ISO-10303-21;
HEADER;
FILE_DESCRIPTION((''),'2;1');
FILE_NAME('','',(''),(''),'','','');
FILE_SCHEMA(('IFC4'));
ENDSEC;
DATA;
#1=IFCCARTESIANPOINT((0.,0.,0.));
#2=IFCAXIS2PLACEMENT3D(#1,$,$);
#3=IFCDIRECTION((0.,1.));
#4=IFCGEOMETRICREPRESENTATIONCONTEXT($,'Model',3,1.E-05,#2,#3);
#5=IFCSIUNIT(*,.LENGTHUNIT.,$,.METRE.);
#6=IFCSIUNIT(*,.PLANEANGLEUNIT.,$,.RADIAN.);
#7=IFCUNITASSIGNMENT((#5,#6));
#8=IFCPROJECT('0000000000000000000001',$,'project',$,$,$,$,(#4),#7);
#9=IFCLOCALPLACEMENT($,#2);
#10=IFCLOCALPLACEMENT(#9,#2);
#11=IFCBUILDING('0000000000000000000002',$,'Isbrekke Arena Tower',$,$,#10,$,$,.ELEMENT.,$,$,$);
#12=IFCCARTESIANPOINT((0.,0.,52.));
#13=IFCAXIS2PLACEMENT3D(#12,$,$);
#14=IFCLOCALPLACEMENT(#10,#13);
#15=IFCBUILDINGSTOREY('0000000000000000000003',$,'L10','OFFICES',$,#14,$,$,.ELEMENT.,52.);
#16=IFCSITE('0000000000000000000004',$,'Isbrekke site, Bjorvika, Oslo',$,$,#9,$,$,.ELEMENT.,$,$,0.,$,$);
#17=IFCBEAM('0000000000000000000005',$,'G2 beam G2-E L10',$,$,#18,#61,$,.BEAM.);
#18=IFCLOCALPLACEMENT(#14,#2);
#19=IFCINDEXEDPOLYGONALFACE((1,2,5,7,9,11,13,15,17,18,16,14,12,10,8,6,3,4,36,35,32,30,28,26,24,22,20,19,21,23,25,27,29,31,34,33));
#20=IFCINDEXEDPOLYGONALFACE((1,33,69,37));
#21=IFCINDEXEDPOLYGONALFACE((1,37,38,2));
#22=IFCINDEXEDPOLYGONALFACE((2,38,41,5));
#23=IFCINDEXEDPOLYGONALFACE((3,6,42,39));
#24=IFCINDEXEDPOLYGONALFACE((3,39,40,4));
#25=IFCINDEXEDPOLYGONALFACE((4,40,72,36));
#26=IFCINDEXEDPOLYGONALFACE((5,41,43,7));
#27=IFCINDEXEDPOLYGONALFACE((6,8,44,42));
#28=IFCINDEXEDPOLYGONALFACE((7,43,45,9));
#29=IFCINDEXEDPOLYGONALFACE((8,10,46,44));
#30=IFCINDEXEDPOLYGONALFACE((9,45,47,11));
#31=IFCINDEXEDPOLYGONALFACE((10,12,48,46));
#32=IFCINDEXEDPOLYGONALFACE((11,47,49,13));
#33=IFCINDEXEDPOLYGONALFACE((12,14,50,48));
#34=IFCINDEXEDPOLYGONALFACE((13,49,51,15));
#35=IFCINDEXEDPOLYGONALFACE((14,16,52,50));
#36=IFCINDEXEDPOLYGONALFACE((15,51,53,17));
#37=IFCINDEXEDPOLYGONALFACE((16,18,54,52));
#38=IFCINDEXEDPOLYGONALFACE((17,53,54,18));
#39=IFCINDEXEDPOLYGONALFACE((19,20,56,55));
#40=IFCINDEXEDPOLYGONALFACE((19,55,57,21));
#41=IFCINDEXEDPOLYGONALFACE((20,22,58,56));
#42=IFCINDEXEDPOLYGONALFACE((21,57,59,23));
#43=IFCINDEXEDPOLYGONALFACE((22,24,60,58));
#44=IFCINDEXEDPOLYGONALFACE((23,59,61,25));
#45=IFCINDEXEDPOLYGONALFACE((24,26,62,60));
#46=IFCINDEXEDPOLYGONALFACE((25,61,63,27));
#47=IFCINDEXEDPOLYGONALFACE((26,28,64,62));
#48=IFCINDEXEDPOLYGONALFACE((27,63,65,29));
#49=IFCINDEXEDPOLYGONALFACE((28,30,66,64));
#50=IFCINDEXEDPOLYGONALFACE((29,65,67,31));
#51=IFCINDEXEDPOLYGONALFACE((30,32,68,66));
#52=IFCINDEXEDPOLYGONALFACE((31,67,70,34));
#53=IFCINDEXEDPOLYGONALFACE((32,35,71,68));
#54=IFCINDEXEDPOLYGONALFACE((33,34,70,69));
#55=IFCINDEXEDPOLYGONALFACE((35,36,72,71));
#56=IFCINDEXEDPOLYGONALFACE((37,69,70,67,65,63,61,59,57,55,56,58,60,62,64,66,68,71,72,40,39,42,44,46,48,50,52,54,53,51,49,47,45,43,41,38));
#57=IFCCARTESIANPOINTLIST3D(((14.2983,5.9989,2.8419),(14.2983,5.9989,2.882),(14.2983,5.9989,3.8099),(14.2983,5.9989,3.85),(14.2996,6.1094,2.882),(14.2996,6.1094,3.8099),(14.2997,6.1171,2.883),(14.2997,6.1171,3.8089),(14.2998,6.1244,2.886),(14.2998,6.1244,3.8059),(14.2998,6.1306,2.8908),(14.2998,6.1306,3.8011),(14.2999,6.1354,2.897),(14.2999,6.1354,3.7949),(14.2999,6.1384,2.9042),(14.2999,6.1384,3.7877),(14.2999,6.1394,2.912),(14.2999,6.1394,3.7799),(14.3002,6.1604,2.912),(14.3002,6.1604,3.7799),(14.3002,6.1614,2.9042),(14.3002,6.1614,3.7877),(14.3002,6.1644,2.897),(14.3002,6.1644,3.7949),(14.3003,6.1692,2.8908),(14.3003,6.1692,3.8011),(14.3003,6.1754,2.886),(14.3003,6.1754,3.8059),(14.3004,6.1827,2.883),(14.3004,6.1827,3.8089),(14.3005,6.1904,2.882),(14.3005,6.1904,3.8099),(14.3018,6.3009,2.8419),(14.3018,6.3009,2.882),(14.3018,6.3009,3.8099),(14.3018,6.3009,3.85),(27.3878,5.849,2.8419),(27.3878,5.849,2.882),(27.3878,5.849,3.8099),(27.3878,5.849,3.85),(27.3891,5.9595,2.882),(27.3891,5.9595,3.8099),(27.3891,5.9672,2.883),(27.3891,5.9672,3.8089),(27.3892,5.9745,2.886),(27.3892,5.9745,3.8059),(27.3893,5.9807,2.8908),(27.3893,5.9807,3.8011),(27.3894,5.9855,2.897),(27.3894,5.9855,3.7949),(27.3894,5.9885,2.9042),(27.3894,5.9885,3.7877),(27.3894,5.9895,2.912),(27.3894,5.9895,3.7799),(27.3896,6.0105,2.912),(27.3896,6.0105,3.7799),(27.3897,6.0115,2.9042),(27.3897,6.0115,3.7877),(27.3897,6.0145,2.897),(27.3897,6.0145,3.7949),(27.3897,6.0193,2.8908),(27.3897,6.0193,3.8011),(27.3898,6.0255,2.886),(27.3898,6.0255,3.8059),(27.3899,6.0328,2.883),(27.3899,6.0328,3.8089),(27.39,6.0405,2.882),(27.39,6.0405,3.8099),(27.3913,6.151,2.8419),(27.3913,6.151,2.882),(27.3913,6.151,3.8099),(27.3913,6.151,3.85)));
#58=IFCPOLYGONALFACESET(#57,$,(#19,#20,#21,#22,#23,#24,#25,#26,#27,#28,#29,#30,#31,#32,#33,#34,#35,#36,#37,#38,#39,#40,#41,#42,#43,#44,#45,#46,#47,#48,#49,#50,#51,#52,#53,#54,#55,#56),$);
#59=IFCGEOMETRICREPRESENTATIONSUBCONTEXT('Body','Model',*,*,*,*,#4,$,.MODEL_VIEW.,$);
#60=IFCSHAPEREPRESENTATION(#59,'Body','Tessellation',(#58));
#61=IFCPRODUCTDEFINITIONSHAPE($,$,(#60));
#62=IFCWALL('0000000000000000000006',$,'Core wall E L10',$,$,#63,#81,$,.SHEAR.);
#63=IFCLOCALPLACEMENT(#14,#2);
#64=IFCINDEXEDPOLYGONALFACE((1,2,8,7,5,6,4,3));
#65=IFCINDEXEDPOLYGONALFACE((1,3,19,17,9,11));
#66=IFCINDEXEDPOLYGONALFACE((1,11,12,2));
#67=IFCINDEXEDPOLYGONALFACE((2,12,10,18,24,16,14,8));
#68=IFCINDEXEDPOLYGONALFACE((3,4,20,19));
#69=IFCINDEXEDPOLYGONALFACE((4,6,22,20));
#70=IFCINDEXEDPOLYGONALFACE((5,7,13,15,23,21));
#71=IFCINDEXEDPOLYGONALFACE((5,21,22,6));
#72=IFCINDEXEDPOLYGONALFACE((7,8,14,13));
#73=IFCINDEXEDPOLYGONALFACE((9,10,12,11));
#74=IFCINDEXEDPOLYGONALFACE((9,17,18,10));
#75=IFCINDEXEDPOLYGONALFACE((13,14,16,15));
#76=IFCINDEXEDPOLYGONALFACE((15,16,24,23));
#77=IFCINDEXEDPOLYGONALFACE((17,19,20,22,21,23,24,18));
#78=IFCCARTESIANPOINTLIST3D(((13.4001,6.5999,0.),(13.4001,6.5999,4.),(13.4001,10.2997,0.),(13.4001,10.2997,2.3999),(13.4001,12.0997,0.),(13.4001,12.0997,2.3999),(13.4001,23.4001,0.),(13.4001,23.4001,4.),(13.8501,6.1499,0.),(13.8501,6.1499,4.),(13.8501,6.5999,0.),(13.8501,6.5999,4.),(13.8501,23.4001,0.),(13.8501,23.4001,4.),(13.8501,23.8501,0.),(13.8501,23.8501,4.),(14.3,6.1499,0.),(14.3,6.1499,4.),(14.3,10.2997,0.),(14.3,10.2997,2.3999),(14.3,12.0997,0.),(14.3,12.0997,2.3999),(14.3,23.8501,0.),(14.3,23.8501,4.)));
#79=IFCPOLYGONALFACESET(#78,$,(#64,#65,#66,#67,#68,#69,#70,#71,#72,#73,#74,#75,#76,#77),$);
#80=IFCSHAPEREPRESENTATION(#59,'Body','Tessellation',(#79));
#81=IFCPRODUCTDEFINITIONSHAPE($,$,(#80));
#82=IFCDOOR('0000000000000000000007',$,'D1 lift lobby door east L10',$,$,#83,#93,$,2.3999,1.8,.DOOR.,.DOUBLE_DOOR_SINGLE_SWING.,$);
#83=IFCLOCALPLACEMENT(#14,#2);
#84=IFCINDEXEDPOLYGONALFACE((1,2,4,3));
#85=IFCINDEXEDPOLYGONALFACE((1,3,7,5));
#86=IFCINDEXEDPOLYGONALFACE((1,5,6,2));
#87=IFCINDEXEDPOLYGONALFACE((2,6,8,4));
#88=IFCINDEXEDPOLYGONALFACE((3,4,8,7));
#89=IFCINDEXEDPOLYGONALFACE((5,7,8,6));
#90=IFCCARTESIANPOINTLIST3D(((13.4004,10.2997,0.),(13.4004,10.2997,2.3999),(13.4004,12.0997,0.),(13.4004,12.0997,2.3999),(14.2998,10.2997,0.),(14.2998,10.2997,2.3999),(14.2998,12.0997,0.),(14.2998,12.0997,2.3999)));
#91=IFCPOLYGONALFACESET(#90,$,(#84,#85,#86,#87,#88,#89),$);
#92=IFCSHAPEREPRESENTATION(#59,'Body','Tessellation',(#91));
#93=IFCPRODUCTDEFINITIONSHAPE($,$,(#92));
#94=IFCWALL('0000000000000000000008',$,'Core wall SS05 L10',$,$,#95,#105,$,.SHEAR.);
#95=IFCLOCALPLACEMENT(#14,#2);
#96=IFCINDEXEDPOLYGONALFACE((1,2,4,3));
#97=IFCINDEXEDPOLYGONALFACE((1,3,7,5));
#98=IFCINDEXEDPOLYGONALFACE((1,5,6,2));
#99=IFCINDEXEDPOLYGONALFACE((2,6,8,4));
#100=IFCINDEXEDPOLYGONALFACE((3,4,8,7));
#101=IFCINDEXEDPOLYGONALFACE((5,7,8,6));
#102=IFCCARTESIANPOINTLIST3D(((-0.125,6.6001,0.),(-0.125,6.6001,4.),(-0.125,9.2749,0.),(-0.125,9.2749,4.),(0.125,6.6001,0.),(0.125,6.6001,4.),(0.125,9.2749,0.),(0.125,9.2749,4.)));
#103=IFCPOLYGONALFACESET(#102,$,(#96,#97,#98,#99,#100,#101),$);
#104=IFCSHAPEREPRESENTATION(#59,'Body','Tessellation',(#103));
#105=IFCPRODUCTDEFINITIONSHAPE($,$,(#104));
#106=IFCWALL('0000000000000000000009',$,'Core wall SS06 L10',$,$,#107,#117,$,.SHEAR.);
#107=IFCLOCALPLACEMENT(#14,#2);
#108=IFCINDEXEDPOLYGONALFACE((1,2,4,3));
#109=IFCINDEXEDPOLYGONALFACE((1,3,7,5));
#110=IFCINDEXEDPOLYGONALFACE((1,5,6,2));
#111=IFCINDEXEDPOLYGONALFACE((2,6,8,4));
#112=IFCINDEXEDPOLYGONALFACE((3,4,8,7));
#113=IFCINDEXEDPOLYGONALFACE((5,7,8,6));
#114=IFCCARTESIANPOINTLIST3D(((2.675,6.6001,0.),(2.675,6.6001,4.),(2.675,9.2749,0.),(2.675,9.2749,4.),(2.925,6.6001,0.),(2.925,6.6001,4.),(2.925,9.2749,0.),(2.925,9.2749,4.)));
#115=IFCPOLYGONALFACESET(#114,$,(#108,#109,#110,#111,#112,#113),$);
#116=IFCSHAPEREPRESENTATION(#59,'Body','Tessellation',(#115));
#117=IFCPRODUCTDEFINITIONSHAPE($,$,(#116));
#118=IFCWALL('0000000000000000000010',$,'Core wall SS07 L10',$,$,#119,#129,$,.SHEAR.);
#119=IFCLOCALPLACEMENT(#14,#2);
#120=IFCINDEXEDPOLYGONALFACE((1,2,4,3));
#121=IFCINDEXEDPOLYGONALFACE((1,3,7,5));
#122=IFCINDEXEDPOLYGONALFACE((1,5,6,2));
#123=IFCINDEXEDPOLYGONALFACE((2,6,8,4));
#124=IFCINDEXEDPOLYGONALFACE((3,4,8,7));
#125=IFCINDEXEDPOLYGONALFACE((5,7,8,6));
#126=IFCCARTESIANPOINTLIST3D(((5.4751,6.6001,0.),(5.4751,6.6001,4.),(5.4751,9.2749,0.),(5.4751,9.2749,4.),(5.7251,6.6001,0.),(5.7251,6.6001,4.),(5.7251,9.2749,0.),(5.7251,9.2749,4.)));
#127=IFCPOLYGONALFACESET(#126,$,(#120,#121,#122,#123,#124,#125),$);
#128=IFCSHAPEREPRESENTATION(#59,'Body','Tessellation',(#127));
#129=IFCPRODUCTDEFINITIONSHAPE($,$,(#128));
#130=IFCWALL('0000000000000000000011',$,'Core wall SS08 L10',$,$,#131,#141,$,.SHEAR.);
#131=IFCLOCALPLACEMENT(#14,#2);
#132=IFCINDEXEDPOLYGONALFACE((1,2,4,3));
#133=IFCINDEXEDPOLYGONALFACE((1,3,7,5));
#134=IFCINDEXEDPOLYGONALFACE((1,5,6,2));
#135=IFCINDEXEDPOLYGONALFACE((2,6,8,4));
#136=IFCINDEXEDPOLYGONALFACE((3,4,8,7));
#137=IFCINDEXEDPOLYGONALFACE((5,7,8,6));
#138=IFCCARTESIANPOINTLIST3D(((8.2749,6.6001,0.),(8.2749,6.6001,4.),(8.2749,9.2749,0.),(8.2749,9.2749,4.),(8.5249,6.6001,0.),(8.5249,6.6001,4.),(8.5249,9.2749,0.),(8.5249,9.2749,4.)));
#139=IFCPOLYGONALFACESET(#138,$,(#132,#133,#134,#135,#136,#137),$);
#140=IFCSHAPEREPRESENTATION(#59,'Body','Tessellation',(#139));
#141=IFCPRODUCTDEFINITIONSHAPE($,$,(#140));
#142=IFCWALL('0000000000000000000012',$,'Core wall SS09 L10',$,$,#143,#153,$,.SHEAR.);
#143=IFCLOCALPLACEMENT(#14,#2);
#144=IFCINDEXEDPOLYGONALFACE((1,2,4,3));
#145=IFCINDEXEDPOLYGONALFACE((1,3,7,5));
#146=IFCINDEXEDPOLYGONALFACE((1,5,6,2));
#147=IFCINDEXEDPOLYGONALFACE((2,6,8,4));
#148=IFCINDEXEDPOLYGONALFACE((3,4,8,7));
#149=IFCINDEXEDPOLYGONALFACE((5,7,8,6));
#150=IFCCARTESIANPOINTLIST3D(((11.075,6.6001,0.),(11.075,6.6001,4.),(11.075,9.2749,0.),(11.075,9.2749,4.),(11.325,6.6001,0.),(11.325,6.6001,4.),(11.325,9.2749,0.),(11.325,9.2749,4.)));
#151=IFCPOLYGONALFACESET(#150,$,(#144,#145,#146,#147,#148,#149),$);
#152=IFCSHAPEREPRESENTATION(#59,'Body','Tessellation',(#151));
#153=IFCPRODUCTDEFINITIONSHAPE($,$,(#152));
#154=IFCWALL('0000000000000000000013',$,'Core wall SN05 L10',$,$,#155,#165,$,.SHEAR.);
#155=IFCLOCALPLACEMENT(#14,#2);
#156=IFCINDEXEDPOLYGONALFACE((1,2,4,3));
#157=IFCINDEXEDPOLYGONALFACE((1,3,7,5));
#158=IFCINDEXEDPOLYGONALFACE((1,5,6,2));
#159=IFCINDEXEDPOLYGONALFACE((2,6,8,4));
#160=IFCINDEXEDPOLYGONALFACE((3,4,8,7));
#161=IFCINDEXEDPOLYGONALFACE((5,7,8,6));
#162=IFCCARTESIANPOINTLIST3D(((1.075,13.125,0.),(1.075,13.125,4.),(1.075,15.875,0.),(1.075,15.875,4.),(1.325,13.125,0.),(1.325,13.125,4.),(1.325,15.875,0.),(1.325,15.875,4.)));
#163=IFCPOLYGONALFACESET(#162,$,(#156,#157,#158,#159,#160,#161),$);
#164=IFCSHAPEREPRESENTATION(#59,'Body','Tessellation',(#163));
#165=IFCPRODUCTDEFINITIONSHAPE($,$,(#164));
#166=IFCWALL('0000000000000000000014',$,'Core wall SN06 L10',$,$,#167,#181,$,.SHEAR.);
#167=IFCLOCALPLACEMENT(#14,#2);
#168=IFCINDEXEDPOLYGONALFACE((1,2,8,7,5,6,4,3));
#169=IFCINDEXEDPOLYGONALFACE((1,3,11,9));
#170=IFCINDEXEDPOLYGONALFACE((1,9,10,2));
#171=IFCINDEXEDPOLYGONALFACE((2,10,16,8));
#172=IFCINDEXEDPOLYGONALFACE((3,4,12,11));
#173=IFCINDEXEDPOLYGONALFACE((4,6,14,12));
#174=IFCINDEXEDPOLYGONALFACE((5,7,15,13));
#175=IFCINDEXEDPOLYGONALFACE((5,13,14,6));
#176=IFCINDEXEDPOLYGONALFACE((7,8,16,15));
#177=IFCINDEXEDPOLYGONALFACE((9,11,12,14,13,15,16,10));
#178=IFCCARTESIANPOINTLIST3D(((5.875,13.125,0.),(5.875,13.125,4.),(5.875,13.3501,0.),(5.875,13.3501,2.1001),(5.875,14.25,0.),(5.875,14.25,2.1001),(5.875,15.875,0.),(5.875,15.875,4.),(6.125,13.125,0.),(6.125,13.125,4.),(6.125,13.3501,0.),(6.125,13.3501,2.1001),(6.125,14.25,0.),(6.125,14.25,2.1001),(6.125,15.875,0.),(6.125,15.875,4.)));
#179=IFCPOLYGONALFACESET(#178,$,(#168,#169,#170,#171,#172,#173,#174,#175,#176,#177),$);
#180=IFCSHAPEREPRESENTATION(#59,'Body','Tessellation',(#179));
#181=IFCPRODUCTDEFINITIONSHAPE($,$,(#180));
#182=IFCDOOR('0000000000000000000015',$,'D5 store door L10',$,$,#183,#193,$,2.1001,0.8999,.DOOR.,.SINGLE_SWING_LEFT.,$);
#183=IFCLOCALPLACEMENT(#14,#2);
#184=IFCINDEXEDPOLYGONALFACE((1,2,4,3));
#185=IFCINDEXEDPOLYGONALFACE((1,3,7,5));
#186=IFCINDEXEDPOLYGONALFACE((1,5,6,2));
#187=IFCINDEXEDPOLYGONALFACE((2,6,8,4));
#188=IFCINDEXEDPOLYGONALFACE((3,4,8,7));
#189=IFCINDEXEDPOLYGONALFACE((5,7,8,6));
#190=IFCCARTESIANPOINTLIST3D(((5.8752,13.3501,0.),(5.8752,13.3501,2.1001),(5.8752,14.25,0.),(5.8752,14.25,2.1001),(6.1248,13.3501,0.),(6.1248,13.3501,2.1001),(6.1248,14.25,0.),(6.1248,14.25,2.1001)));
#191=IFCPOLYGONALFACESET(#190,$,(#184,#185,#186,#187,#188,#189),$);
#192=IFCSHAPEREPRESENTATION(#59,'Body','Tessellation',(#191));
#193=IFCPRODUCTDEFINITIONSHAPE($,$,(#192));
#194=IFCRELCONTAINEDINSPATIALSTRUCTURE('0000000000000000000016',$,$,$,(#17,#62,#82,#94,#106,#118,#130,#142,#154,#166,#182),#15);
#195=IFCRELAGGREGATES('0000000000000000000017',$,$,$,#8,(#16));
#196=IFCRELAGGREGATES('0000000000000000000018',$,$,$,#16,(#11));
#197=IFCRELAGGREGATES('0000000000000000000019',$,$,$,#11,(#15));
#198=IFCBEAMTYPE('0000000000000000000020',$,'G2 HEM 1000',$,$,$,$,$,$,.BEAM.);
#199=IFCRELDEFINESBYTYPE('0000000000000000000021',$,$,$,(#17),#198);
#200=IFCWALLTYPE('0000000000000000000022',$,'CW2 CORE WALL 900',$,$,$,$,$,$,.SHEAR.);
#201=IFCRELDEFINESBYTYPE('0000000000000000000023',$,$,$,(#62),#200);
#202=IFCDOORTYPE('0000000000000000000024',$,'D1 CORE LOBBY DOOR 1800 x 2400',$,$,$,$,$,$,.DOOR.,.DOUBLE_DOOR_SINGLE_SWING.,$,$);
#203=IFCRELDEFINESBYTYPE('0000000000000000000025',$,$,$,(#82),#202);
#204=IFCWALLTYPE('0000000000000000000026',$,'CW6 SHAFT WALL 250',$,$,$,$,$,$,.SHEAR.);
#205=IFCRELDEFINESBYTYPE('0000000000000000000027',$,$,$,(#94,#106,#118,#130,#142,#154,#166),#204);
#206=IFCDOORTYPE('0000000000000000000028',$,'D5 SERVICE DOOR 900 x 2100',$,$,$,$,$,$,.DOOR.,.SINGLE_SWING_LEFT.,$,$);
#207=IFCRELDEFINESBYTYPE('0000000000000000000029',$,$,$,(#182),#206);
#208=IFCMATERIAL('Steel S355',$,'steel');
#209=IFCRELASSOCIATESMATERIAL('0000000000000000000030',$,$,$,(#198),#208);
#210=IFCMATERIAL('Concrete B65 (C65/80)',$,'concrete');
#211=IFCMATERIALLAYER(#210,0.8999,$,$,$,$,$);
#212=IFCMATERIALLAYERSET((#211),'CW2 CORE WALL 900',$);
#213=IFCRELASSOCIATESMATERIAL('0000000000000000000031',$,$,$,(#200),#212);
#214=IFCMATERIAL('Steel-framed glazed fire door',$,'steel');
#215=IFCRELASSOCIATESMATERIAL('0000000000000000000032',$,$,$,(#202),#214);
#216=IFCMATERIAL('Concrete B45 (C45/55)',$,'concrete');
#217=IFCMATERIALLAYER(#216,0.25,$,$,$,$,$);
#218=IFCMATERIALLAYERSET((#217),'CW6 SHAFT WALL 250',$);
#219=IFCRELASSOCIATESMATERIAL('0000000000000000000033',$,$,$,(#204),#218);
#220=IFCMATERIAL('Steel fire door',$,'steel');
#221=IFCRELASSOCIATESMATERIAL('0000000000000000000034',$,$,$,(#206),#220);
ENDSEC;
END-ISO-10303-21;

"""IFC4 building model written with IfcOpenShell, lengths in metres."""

from ifc_helpers import new_model, si_unit, direction, frame, frame_2d, origin, origin_2d, place, context, subcontext, project, spatial, polyline, rectangle, i_section, outline, extrude, material, layer, layer_set, material_profile, profile_set, type_object, element, fill, save


model = new_model("IFC4")

# Units and contexts
model_context = context("Model", 3, precision=1e-05, world=origin(), true_north=direction((0.0, 1.0)))
body_context = subcontext(model_context, "Body", "Model", "MODEL_VIEW")
ifc_project = project(units=[si_unit("LENGTHUNIT", "METRE"), si_unit("PLANEANGLEUNIT", "RADIAN")], contexts=[model_context])

# Site, building, storey
site_placement = place(None, origin())
site = spatial("IfcSite", under=ifc_project, at=site_placement, Name="Isbrekke site, Bjorvika, Oslo", CompositionType="ELEMENT", RefElevation=0.0)
building_placement = place(site_placement, origin())
building = spatial("IfcBuilding", under=site, at=building_placement, Name="Isbrekke Arena Tower", CompositionType="ELEMENT")
storey_placement = place(building_placement, frame((0.0, 0.0, 52.0)))
storey = spatial("IfcBuildingStorey", under=building, at=storey_placement, Name="L10", Description="OFFICES", CompositionType="ELEMENT", Elevation=52.0)

# Beam
ifc_material_1 = material(Name="Steel S355", Category="steel")
ifc_material_profile = material_profile(ifc_material_1, i_section(OverallWidth=0.302, OverallDepth=1.0081, WebThickness=0.021, FlangeThickness=0.04, FilletRadius=0.03, at=origin_2d()), Name="HEM 1000")
ifc_profile_set = profile_set([ifc_material_profile], Name="Steel S355")
beam_type = type_object("IfcBeamType", Name="G2 HEM 1000", PredefinedType="BEAM", material=ifc_profile_set)
beam_placement = place(storey_placement, frame((14.3, 6.1499, 3.3459), z_axis=(0.999934, -0.011451, 0.0), x_axis=(0.011451, 0.999934, 0.0)))
element("IfcBeam", 1, at=beam_placement, inside=storey, type_object=beam_type, Name="G2 beam G2-E L10", PredefinedType="BEAM", context=body_context, shape_type="SweptSolid", body=[
    extrude(i_section(OverallWidth=0.302, OverallDepth=1.0081, WebThickness=0.021, FlangeThickness=0.04, FilletRadius=0.03, at=origin_2d()), origin(), (0.0, 0.0, 1.0), 13.0903),
])

# Wall, opening, door
ifc_material_2 = material(Name="Concrete B65 (C65/80)", Category="concrete")
ifc_layer_1 = layer(ifc_material_2, 0.8999)
ifc_layer_set_1 = layer_set([ifc_layer_1], Name="CW2 CORE WALL 900")
wall_type_1 = type_object("IfcWallType", Name="CW2 CORE WALL 900", PredefinedType="SHEAR", material=ifc_layer_set_1)
wall_1_placement = place(storey_placement, frame((13.8501, 6.1499, 0.0), z_axis=(0.0, 0.0, 1.0), x_axis=(0.0, 1.0, 0.0)))
wall_1 = element("IfcWall", 2, at=wall_1_placement, inside=storey, type_object=wall_type_1, Name="Core wall E L10", PredefinedType="SHEAR", context=body_context, shape_type="SweptSolid", body=[
    extrude(outline(polyline([(0.0, -0.45), (17.7002, -0.45), (17.7002, 0.0), (17.2502, 0.0), (17.2502, 0.45), (0.45, 0.45), (0.45, 0.0), (0.0, 0.0), (0.0, -0.45)])), origin(), (0.0, 0.0, 1.0), 4.0),
])
opening_1_placement = place(wall_1_placement, frame((4.1499, 0.0, 0.0)))
opening_1 = element("IfcOpeningElement", 3, at=opening_1_placement, cuts=wall_1, PredefinedType="OPENING", context=body_context, shape_type="SweptSolid", body=[
    extrude(rectangle(XDim=1.8, YDim=2.3999, at=frame_2d((0.8999, 1.2))), frame((0.0, 0.4648, 0.0), z_axis=(0.0, -1.0, 0.0), x_axis=(1.0, 0.0, 0.0)), (0.0, 0.0, 1.0), 0.9297),
])
ifc_material_3 = material(Name="Steel-framed glazed fire door", Category="steel")
door_type_1 = type_object("IfcDoorType", Name="D1 CORE LOBBY DOOR 1800 x 2400", OperationType="DOUBLE_DOOR_SINGLE_SWING", PredefinedType="DOOR", material=ifc_material_3)
door_1_placement = place(opening_1_placement, origin())
door_1 = element("IfcDoor", 4, at=door_1_placement, inside=storey, type_object=door_type_1, Name="D1 lift lobby door east L10", OperationType="DOUBLE_DOOR_SINGLE_SWING", OverallHeight=2.3999, OverallWidth=1.8, PredefinedType="DOOR", context=body_context, shape_type="SweptSolid", body=[
    extrude(rectangle(XDim=1.8, YDim=2.3999, at=frame_2d((0.8999, 1.2))), frame((0.0, 0.4497, 0.0), z_axis=(0.0, -1.0, 0.0), x_axis=(1.0, 0.0, 0.0)), (0.0, 0.0, 1.0), 0.8994),
])
fill(opening_1, door_1)

# Walls
ifc_material_4 = material(Name="Concrete B45 (C45/55)", Category="concrete")
ifc_layer_2 = layer(ifc_material_4, 0.25)
ifc_layer_set_2 = layer_set([ifc_layer_2], Name="CW6 SHAFT WALL 250")
wall_type_2 = type_object("IfcWallType", Name="CW6 SHAFT WALL 250", PredefinedType="SHEAR", material=ifc_layer_set_2)
for number, where, z_axis, x_axis, name in (
    (5, (0.0, 6.6001, 0.0), (0.0, 0.0, 1.0), (0.0, 1.0, 0.0), "Core wall SS05 L10"),
    (6, (2.8, 6.6001, 0.0), (0.0, 0.0, 1.0), (0.0, 1.0, 0.0), "Core wall SS06 L10"),
    (7, (5.6001, 6.6001, 0.0), (0.0, 0.0, 1.0), (0.0, 1.0, 0.0), "Core wall SS07 L10"),
    (8, (8.3999, 6.6001, 0.0), (0.0, 0.0, 1.0), (0.0, 1.0, 0.0), "Core wall SS08 L10"),
    (9, (11.2, 6.6001, 0.0), (0.0, 0.0, 1.0), (0.0, 1.0, 0.0), "Core wall SS09 L10"),
):
    element("IfcWall", number, at=place(storey_placement, frame(where, z_axis=z_axis, x_axis=x_axis)), inside=storey, type_object=wall_type_2, Name=name, PredefinedType="SHEAR", context=body_context, shape_type="SweptSolid", body=[
        extrude(rectangle(XDim=2.6748, YDim=0.25, at=frame_2d((1.3374, 0.0))), origin(), (0.0, 0.0, 1.0), 4.0),
    ])
wall_2_placement = place(storey_placement, frame((1.2, 13.125, 0.0), z_axis=(0.0, 0.0, 1.0), x_axis=(0.0, 1.0, 0.0)))
element("IfcWall", 10, at=wall_2_placement, inside=storey, type_object=wall_type_2, Name="Core wall SN05 L10", PredefinedType="SHEAR", context=body_context, shape_type="SweptSolid", body=[
    extrude(rectangle(XDim=2.75, YDim=0.25, at=frame_2d((1.375, 0.0))), origin(), (0.0, 0.0, 1.0), 4.0),
])

# Wall, opening, door
wall_3_placement = place(storey_placement, frame((6.0, 13.125, 0.0), z_axis=(0.0, 0.0, 1.0), x_axis=(0.0, 1.0, 0.0)))
wall_3 = element("IfcWall", 11, at=wall_3_placement, inside=storey, type_object=wall_type_2, Name="Core wall SN06 L10", PredefinedType="SHEAR", context=body_context, shape_type="SweptSolid", body=[
    extrude(rectangle(XDim=2.75, YDim=0.25, at=frame_2d((1.375, 0.0))), origin(), (0.0, 0.0, 1.0), 4.0),
])
opening_2_placement = place(wall_3_placement, frame((0.2251, 0.0, 0.0)))
opening_2 = element("IfcOpeningElement", 12, at=opening_2_placement, cuts=wall_3, PredefinedType="OPENING", context=body_context, shape_type="SweptSolid", body=[
    extrude(rectangle(XDim=0.8999, YDim=2.1001, at=frame_2d((0.45, 1.05))), frame((0.0, 0.1399, 0.0), z_axis=(0.0, -1.0, 0.0), x_axis=(1.0, 0.0, 0.0)), (0.0, 0.0, 1.0), 0.2798),
])
ifc_material_5 = material(Name="Steel fire door", Category="steel")
door_type_2 = type_object("IfcDoorType", Name="D5 SERVICE DOOR 900 x 2100", OperationType="SINGLE_SWING_LEFT", PredefinedType="DOOR", material=ifc_material_5)
door_2_placement = place(opening_2_placement, frame((0.8999, 0.0, 0.0), z_axis=(0.0, 0.0, 1.0), x_axis=(-1.0, 0.0, 0.0)))
door_2 = element("IfcDoor", 13, at=door_2_placement, inside=storey, type_object=door_type_2, Name="D5 store door L10", OperationType="SINGLE_SWING_LEFT", OverallHeight=2.1001, OverallWidth=0.8999, PredefinedType="DOOR", context=body_context, shape_type="SweptSolid", body=[
    extrude(rectangle(XDim=0.8999, YDim=2.1001, at=frame_2d((0.45, 1.05))), frame((0.0, 0.1248, 0.0), z_axis=(0.0, -1.0, 0.0), x_axis=(1.0, 0.0, 0.0)), (0.0, 0.0, 1.0), 0.2495),
])
fill(opening_2, door_2)

save(model, "model.ifc")
